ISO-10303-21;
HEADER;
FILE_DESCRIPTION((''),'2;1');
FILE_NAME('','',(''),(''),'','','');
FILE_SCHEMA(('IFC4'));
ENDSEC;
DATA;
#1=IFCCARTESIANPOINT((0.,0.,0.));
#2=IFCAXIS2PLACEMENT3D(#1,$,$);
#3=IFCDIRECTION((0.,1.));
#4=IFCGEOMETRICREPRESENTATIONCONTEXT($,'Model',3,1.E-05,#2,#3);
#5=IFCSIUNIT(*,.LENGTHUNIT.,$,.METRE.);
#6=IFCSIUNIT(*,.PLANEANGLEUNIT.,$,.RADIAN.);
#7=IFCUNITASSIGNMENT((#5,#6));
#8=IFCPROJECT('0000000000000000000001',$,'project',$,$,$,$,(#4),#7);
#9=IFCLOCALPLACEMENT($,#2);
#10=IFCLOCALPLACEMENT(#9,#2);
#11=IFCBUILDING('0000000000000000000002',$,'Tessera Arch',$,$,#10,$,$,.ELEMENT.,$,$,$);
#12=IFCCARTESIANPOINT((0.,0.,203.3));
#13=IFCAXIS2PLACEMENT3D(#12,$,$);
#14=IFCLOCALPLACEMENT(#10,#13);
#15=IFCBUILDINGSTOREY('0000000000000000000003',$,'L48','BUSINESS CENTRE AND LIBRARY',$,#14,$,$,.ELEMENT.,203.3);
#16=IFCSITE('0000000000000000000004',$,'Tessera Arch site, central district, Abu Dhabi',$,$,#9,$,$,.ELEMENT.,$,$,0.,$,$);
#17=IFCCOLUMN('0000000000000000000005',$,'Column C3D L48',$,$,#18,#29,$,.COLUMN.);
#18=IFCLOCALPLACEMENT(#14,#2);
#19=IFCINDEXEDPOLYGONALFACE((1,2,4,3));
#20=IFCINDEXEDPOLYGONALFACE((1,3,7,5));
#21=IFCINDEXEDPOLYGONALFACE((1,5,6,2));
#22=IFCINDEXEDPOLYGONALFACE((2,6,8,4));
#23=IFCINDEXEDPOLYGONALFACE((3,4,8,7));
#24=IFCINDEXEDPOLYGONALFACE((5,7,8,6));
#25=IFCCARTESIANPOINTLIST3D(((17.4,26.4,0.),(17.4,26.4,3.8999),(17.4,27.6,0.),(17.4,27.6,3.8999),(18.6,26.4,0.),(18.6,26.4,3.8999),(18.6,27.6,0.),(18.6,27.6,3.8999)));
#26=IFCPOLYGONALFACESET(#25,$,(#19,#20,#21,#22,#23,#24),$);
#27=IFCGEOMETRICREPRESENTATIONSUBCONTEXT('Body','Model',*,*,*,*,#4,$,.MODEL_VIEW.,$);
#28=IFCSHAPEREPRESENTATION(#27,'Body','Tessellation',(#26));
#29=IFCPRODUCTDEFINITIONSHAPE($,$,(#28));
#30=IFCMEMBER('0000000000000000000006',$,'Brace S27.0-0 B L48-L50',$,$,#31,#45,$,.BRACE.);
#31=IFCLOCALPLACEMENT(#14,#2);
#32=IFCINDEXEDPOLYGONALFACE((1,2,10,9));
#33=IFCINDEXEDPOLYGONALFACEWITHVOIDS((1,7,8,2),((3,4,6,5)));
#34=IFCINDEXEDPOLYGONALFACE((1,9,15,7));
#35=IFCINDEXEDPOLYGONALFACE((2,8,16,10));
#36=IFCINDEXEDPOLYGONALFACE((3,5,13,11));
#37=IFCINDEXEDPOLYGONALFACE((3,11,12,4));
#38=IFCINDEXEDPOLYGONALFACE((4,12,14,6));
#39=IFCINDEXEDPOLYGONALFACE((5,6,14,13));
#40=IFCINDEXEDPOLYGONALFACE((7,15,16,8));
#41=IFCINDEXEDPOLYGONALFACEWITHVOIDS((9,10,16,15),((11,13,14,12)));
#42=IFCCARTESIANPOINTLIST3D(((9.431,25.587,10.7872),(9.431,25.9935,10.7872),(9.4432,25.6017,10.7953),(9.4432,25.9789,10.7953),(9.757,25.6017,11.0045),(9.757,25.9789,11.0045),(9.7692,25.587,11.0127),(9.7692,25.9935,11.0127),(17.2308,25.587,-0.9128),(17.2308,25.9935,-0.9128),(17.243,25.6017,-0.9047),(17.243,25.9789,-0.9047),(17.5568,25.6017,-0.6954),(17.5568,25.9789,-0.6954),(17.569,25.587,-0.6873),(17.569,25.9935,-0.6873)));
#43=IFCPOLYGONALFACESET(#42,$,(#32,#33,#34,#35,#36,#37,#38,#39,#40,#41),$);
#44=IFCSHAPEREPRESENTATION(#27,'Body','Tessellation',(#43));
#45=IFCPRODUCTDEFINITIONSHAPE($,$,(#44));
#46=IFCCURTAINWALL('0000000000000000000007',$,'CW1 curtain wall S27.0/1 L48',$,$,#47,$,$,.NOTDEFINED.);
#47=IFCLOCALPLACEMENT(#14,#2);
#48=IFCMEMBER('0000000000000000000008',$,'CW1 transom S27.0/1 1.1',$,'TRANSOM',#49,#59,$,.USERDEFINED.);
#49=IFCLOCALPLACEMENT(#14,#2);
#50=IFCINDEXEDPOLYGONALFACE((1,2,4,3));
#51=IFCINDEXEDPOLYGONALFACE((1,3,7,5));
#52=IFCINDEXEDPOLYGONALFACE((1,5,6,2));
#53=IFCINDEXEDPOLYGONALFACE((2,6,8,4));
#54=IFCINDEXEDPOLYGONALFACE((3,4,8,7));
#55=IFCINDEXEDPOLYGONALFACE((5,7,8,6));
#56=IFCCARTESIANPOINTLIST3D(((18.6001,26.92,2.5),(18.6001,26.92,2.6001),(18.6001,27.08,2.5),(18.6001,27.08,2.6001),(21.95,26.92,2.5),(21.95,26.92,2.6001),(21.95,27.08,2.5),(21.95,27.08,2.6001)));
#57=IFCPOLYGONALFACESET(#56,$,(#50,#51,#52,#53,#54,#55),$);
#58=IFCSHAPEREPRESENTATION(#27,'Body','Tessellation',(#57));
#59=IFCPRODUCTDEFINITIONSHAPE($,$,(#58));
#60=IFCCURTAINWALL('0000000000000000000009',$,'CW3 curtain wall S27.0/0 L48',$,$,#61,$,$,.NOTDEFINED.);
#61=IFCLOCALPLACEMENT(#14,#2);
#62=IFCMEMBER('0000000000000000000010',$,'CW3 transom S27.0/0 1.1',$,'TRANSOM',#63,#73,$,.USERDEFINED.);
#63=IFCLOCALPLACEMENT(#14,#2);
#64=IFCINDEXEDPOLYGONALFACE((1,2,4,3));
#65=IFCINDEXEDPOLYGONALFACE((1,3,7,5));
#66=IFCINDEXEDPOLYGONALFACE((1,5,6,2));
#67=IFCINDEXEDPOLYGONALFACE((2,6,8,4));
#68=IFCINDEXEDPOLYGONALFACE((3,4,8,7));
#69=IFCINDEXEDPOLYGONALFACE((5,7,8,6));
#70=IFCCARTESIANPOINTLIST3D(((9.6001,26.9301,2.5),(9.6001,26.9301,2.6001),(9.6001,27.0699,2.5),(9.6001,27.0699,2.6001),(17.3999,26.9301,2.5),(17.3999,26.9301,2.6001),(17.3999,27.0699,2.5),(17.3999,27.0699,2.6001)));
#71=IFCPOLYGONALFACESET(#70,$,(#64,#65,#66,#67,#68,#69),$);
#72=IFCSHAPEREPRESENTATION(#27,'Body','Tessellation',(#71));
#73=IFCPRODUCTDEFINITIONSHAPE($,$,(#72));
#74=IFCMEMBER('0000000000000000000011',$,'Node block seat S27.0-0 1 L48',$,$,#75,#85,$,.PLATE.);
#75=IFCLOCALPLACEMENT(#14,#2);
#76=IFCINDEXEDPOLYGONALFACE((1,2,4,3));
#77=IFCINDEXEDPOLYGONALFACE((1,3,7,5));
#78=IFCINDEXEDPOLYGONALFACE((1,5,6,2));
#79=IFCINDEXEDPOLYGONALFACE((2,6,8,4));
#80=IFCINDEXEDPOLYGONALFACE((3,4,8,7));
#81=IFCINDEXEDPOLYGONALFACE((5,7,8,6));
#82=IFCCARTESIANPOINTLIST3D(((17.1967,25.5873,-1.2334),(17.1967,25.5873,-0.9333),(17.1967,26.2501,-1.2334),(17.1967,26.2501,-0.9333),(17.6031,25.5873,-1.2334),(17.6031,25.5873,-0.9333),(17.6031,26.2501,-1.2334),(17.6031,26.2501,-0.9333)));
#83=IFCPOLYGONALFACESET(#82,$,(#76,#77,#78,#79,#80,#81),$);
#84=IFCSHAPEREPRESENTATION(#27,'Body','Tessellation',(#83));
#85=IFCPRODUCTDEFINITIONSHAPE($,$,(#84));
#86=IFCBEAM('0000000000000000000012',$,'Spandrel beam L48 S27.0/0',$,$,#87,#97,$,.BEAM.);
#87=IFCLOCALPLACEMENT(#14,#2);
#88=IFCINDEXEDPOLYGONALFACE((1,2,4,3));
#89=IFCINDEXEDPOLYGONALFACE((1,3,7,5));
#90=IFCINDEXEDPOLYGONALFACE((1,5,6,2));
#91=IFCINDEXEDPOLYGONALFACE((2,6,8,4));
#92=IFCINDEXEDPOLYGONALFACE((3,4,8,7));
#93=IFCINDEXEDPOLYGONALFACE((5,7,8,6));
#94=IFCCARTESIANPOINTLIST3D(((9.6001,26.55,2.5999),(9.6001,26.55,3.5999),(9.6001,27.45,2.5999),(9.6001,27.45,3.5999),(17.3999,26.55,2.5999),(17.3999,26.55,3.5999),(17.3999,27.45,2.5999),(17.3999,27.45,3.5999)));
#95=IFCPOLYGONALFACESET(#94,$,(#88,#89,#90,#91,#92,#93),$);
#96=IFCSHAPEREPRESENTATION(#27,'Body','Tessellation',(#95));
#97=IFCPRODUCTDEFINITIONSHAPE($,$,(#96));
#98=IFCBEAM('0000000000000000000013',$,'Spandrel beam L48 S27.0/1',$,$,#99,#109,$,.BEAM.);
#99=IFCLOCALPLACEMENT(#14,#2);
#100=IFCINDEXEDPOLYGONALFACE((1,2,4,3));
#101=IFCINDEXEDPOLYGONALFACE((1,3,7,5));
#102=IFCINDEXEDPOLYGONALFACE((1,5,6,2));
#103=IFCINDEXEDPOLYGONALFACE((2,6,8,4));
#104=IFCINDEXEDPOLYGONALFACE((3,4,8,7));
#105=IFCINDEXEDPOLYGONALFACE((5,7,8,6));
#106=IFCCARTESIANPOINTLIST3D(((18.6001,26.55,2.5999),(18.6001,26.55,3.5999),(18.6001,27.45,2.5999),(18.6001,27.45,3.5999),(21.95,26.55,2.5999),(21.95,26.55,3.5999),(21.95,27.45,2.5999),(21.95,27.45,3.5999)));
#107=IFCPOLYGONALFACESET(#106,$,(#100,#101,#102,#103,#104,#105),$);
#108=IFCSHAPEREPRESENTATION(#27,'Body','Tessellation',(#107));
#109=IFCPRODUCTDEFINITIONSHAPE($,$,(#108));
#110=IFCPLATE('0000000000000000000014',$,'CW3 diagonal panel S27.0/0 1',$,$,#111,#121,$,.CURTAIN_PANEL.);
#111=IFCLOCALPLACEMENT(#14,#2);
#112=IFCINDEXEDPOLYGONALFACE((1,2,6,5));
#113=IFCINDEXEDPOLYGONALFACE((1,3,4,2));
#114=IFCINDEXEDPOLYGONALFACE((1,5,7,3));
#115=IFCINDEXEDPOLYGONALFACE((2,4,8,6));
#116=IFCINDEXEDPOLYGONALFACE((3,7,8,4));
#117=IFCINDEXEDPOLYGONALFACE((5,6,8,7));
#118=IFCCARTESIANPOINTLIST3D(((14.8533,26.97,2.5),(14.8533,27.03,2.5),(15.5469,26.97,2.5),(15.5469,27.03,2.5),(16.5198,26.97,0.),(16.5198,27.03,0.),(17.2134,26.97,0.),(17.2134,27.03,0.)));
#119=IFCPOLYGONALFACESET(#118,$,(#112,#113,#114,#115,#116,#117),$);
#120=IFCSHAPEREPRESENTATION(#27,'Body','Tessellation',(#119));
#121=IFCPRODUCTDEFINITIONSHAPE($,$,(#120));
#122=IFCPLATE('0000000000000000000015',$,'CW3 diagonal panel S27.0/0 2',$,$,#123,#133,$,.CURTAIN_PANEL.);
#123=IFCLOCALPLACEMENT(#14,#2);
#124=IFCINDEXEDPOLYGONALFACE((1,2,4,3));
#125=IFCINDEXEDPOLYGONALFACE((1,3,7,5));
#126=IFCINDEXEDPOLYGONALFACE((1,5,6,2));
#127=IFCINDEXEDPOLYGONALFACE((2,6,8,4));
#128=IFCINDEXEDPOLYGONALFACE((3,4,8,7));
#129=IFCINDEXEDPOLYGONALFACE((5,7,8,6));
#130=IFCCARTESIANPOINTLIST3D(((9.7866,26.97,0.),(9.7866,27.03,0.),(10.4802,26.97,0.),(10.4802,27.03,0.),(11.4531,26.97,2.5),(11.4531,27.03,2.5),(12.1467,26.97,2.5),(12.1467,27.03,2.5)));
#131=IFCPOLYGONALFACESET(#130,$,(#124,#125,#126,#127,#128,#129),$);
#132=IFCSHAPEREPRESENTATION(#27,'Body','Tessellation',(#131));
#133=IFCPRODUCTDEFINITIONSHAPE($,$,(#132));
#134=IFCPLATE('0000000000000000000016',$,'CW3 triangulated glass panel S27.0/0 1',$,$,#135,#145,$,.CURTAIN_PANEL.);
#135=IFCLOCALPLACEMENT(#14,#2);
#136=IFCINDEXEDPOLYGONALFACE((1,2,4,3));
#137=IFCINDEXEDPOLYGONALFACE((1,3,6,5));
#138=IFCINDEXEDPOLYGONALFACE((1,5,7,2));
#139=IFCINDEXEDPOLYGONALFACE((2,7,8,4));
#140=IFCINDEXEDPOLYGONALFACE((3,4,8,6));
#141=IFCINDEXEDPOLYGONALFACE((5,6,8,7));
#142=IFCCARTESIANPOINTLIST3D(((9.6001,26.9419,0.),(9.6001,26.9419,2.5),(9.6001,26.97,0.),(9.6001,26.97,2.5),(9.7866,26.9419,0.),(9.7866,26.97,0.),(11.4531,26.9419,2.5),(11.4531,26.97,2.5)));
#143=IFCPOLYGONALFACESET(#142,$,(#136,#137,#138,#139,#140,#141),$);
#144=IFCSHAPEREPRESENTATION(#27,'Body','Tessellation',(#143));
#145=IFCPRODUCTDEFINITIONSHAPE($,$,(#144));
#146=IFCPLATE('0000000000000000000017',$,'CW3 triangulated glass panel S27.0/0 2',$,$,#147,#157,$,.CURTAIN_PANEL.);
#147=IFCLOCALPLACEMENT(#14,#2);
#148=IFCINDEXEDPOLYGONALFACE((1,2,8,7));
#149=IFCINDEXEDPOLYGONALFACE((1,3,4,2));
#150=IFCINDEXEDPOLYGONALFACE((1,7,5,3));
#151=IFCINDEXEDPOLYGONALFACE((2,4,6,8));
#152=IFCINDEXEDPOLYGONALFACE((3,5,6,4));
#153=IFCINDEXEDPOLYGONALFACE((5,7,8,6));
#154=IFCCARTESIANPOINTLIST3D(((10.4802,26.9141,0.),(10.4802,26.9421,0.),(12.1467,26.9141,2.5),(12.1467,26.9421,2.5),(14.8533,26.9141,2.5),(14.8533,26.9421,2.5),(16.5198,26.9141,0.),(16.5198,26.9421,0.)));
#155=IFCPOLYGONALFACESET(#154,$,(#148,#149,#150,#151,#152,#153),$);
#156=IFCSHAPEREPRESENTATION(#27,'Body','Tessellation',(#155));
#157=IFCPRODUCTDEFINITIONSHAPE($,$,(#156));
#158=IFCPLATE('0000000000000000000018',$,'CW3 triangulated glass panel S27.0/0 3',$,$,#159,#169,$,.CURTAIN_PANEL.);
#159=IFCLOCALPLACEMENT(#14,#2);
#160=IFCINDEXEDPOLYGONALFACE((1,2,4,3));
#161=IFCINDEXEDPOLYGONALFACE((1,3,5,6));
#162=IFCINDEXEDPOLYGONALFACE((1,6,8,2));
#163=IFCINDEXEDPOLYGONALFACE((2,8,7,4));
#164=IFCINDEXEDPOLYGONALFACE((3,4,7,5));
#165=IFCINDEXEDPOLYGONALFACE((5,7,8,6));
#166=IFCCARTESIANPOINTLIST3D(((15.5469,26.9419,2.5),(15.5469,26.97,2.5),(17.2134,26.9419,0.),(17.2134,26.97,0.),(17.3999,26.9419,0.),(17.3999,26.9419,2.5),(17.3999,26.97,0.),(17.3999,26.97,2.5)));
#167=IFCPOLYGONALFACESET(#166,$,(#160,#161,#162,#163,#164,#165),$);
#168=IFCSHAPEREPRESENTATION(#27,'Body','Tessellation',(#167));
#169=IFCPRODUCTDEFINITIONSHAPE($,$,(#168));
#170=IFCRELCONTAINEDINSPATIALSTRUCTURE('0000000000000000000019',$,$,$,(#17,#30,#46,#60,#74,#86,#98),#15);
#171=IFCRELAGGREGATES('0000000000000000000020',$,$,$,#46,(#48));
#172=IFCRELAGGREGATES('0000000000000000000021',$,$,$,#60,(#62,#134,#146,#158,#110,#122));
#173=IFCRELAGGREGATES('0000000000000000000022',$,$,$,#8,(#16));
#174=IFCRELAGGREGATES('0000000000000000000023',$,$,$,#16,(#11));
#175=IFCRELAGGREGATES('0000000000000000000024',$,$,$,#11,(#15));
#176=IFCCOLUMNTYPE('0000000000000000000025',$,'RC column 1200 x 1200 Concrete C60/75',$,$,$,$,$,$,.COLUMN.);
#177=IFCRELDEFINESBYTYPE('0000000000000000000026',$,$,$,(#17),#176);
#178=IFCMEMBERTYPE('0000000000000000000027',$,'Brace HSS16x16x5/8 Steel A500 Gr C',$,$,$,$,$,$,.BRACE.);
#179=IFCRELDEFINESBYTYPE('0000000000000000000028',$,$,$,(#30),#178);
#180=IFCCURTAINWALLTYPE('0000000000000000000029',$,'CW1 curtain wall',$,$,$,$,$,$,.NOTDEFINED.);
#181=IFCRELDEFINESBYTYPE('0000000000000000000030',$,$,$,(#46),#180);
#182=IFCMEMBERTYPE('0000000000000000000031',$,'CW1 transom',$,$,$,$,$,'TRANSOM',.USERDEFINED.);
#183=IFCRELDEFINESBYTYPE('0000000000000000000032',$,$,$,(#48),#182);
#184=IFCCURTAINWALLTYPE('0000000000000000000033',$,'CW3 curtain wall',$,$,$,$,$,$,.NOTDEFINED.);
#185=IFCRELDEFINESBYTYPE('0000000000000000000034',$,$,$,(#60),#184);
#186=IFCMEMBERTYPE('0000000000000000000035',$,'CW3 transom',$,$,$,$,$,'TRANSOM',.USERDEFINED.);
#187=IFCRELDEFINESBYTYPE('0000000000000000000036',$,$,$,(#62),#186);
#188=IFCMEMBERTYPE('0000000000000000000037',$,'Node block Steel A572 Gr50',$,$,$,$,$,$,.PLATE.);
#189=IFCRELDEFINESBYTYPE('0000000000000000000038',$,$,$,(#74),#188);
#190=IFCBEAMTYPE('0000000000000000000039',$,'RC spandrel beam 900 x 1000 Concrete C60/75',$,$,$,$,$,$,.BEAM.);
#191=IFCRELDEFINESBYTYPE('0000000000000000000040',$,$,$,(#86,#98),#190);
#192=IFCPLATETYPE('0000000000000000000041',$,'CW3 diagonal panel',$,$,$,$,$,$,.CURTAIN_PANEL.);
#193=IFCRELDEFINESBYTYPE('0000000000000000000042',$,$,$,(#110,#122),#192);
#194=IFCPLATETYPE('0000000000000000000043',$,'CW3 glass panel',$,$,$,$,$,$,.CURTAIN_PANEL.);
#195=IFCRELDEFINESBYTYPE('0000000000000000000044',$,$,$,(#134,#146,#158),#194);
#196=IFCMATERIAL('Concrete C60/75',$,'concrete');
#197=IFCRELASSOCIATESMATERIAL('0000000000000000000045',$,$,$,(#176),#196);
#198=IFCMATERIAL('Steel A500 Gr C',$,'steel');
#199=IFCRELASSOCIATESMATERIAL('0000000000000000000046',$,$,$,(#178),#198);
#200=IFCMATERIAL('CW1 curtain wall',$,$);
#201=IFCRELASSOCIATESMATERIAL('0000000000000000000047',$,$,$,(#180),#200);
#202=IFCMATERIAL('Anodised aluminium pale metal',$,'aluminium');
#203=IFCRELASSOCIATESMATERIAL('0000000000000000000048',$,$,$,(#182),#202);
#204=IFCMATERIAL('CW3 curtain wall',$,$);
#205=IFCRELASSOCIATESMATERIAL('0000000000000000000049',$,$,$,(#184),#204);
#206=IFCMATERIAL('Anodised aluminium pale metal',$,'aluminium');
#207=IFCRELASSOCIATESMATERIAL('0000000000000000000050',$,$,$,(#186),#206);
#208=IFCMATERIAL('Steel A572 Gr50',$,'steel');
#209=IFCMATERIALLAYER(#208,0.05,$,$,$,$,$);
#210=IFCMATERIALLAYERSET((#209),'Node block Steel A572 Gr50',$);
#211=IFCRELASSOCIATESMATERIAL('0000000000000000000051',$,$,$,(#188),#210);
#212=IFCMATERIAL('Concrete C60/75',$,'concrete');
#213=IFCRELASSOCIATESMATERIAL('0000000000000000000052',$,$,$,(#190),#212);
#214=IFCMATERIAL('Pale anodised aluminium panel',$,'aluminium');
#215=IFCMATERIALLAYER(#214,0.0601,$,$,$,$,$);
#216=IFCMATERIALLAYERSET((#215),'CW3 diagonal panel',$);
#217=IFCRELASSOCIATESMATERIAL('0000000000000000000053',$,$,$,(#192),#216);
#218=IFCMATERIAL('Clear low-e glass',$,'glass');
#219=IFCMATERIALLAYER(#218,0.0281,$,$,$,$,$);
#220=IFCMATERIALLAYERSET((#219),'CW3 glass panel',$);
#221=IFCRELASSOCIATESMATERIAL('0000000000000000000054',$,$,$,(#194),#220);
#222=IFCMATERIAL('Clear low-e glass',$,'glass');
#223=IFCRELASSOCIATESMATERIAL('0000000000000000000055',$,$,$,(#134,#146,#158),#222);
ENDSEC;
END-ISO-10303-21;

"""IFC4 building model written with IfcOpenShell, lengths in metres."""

from ifc_helpers import new_model, si_unit, direction, frame, origin, origin_2d, place, context, subcontext, project, spatial, polyline, rectangle, hollow_rectangle, outline, extrude, material, layer, layer_set, material_profile, profile_set, type_object, element, aggregate, save


model = new_model("IFC4")

# Units and contexts
model_context = context("Model", 3, precision=1e-05, world=origin(), true_north=direction((0.0, 1.0)))
body_context = subcontext(model_context, "Body", "Model", "MODEL_VIEW")
ifc_project = project(units=[si_unit("LENGTHUNIT", "METRE"), si_unit("PLANEANGLEUNIT", "RADIAN")], contexts=[model_context])

# Site, building, storey
site_placement = place(None, origin())
site = spatial("IfcSite", under=ifc_project, at=site_placement, Name="Tessera Arch site, central district, Abu Dhabi", CompositionType="ELEMENT", RefElevation=0.0)
building_placement = place(site_placement, origin())
building = spatial("IfcBuilding", under=site, at=building_placement, Name="Tessera Arch", CompositionType="ELEMENT")
storey_placement = place(building_placement, frame((0.0, 0.0, 203.3)))
storey = spatial("IfcBuildingStorey", under=building, at=storey_placement, Name="L48", Description="BUSINESS CENTRE AND LIBRARY", CompositionType="ELEMENT", Elevation=203.3)

# Column
ifc_material_1 = material(Name="Concrete C60/75", Category="concrete")
ifc_material_profile_1 = material_profile(ifc_material_1, rectangle(XDim=1.2, YDim=1.2, at=origin_2d()), Name="RC column 1200 x 1200 Concrete C60/75")
ifc_profile_set_1 = profile_set([ifc_material_profile_1], Name="Concrete C60/75")
column_type = type_object("IfcColumnType", Name="RC column 1200 x 1200 Concrete C60/75", PredefinedType="COLUMN", material=ifc_profile_set_1)
column_placement = place(storey_placement, frame((18.0, 27.0, 0.0), z_axis=(0.0, 0.0, 1.0), x_axis=(1.0, 0.0, 0.0)))
element("IfcColumn", 1, at=column_placement, inside=storey, type_object=column_type, Name="Column C3D L48", PredefinedType="COLUMN", context=body_context, shape_type="SweptSolid", body=[
    extrude(rectangle(XDim=1.2, YDim=1.2, at=origin_2d()), origin(), (0.0, 0.0, 1.0), 3.8999),
])

# Member
ifc_material_2 = material(Name="Steel A500 Gr C", Category="steel")
ifc_material_profile_2 = material_profile(ifc_material_2, hollow_rectangle(XDim=0.4065, YDim=0.4065, WallThickness=0.0146, at=origin_2d()), Name="HSS16x16x5/8")
ifc_profile_set_2 = profile_set([ifc_material_profile_2], Name="Steel A500 Gr C")
member_type_1 = type_object("IfcMemberType", Name="Brace HSS16x16x5/8 Steel A500 Gr C", PredefinedType="BRACE", material=ifc_profile_set_2)
member_1_placement = place(storey_placement, frame((17.3999, 25.7903, -0.8), z_axis=(-0.554692, 0.0, 0.832056), x_axis=(0.0, -1.0, 0.0)))
element("IfcMember", 2, at=member_1_placement, inside=storey, type_object=member_type_1, Name="Brace S27.0-0 B L48-L50", PredefinedType="BRACE", context=body_context, shape_type="SweptSolid", body=[
    extrude(hollow_rectangle(XDim=0.4065, YDim=0.4065, WallThickness=0.0146, at=origin_2d()), origin(), (0.0, 0.0, 1.0), 14.0615),
])

# Curtain walls, members
ifc_material_3 = material(Name="CW1 curtain wall")
curtain_wall_type_1 = type_object("IfcCurtainWallType", Name="CW1 curtain wall", PredefinedType="NOTDEFINED", material=ifc_material_3)
curtain_wall_1_placement = place(storey_placement, origin())
curtain_wall_1 = element("IfcCurtainWall", 3, at=curtain_wall_1_placement, inside=storey, type_object=curtain_wall_type_1, Name="CW1 curtain wall S27.0/1 L48", PredefinedType="NOTDEFINED")
ifc_material_4 = material(Name="Anodised aluminium pale metal", Category="aluminium")
ifc_material_profile_3 = material_profile(ifc_material_4, rectangle(XDim=0.1599, YDim=0.1001, at=origin_2d()), Name="AL 160x100")
ifc_profile_set_3 = profile_set([ifc_material_profile_3], Name="Anodised aluminium pale metal")
member_type_2 = type_object("IfcMemberType", Name="CW1 transom", ElementType="TRANSOM", PredefinedType="USERDEFINED", material=ifc_profile_set_3)
member_2_placement = place(storey_placement, frame((18.6001, 27.0, 2.55), z_axis=(1.0, 0.0, 0.0), x_axis=(0.0, 1.0, 0.0)))
member_2 = element("IfcMember", 4, at=member_2_placement, type_object=member_type_2, Name="CW1 transom S27.0/1 1.1", ObjectType="TRANSOM", PredefinedType="USERDEFINED", context=body_context, shape_type="SweptSolid", body=[
    extrude(rectangle(XDim=0.1599, YDim=0.1001, at=origin_2d()), origin(), (0.0, 0.0, 1.0), 3.3499),
])
aggregate(curtain_wall_1, [member_2])
ifc_material_5 = material(Name="CW3 curtain wall")
curtain_wall_type_2 = type_object("IfcCurtainWallType", Name="CW3 curtain wall", PredefinedType="NOTDEFINED", material=ifc_material_5)
curtain_wall_2_placement = place(storey_placement, origin())
curtain_wall_2 = element("IfcCurtainWall", 5, at=curtain_wall_2_placement, inside=storey, type_object=curtain_wall_type_2, Name="CW3 curtain wall S27.0/0 L48", PredefinedType="NOTDEFINED")
ifc_material_6 = material(Name="Anodised aluminium pale metal", Category="aluminium")
ifc_material_profile_4 = material_profile(ifc_material_6, rectangle(XDim=0.1399, YDim=0.1001, at=origin_2d()), Name="AL 140x100")
ifc_profile_set_4 = profile_set([ifc_material_profile_4], Name="Anodised aluminium pale metal")
member_type_3 = type_object("IfcMemberType", Name="CW3 transom", ElementType="TRANSOM", PredefinedType="USERDEFINED", material=ifc_profile_set_4)
member_3_placement = place(storey_placement, frame((9.6001, 27.0, 2.55), z_axis=(1.0, 0.0, 0.0), x_axis=(0.0, 1.0, 0.0)))
member_3 = element("IfcMember", 6, at=member_3_placement, type_object=member_type_3, Name="CW3 transom S27.0/0 1.1", ObjectType="TRANSOM", PredefinedType="USERDEFINED", context=body_context, shape_type="SweptSolid", body=[
    extrude(rectangle(XDim=0.1399, YDim=0.1001, at=origin_2d()), origin(), (0.0, 0.0, 1.0), 7.7998),
])

# Member
ifc_material_7 = material(Name="Steel A572 Gr50", Category="steel")
ifc_layer_1 = layer(ifc_material_7, 0.05)
ifc_layer_set_1 = layer_set([ifc_layer_1], Name="Node block Steel A572 Gr50")
member_type_4 = type_object("IfcMemberType", Name="Node block Steel A572 Gr50", PredefinedType="PLATE", material=ifc_layer_set_1)
member_4_placement = place(storey_placement, frame((17.3999, 25.9187, -1.2334), z_axis=(0.0, 0.0, 1.0), x_axis=(1.0, 0.0, 0.0)))
element("IfcMember", 7, at=member_4_placement, inside=storey, type_object=member_type_4, Name="Node block seat S27.0-0 1 L48", PredefinedType="PLATE", context=body_context, shape_type="SweptSolid", body=[
    extrude(rectangle(XDim=0.4065, YDim=0.6628, at=origin_2d()), origin(), (0.0, 0.0, 1.0), 0.3),
])

# Beams
ifc_material_8 = material(Name="Concrete C60/75", Category="concrete")
ifc_material_profile_5 = material_profile(ifc_material_8, rectangle(XDim=0.8999, YDim=1.0, at=origin_2d()), Name="RC spandrel beam 900 x 1000 Concrete C60/75")
ifc_profile_set_5 = profile_set([ifc_material_profile_5], Name="Concrete C60/75")
beam_type = type_object("IfcBeamType", Name="RC spandrel beam 900 x 1000 Concrete C60/75", PredefinedType="BEAM", material=ifc_profile_set_5)
beam_1_placement = place(storey_placement, frame((9.6001, 27.0, 3.0999), z_axis=(1.0, 0.0, 0.0), x_axis=(0.0, 1.0, 0.0)))
element("IfcBeam", 8, at=beam_1_placement, inside=storey, type_object=beam_type, Name="Spandrel beam L48 S27.0/0", PredefinedType="BEAM", context=body_context, shape_type="SweptSolid", body=[
    extrude(rectangle(XDim=0.8999, YDim=1.0, at=origin_2d()), origin(), (0.0, 0.0, 1.0), 7.7998),
])
beam_2_placement = place(storey_placement, frame((18.6001, 27.0, 3.0999), z_axis=(1.0, 0.0, 0.0), x_axis=(0.0, 1.0, 0.0)))
element("IfcBeam", 9, at=beam_2_placement, inside=storey, type_object=beam_type, Name="Spandrel beam L48 S27.0/1", PredefinedType="BEAM", context=body_context, shape_type="SweptSolid", body=[
    extrude(rectangle(XDim=0.8999, YDim=1.0, at=origin_2d()), origin(), (0.0, 0.0, 1.0), 3.3499),
])

# Plates
ifc_material_9 = material(Name="Pale anodised aluminium panel", Category="aluminium")
ifc_layer_2 = layer(ifc_material_9, 0.0601)
ifc_layer_set_2 = layer_set([ifc_layer_2], Name="CW3 diagonal panel")
plate_type_1 = type_object("IfcPlateType", Name="CW3 diagonal panel", PredefinedType="CURTAIN_PANEL", material=ifc_layer_set_2)
plate_1_placement = place(storey_placement, frame((15.5469, 26.97, 2.5), z_axis=(0.0, -1.0, 0.0), x_axis=(-1.0, 0.0, 0.0)))
plate_1 = element("IfcPlate", 10, at=plate_1_placement, type_object=plate_type_1, Name="CW3 diagonal panel S27.0/0 1", PredefinedType="CURTAIN_PANEL", context=body_context, shape_type="SweptSolid", body=[
    extrude(outline(polyline([(0.0, 0.0), (0.6936, 0.0), (-0.9729, 2.5), (-1.6665, 2.5), (0.0, 0.0)])), origin(), (0.0, 0.0, -1.0), 0.0601),
])
plate_2_placement = place(storey_placement, frame((12.1467, 26.97, 2.5), z_axis=(0.0, -1.0, 0.0), x_axis=(-1.0, 0.0, 0.0)))
plate_2 = element("IfcPlate", 11, at=plate_2_placement, type_object=plate_type_1, Name="CW3 diagonal panel S27.0/0 2", PredefinedType="CURTAIN_PANEL", context=body_context, shape_type="SweptSolid", body=[
    extrude(outline(polyline([(0.0, 0.0), (0.6936, 0.0), (2.3601, 2.5), (1.6665, 2.5), (0.0, 0.0)])), origin(), (0.0, 0.0, -1.0), 0.0601),
])
ifc_material_10 = material(Name="Clear low-e glass", Category="glass")
ifc_material_11 = material(Name="Clear low-e glass", Category="glass")
ifc_layer_3 = layer(ifc_material_11, 0.0281)
ifc_layer_set_3 = layer_set([ifc_layer_3], Name="CW3 glass panel")
plate_type_2 = type_object("IfcPlateType", Name="CW3 glass panel", PredefinedType="CURTAIN_PANEL", material=ifc_layer_set_3)
plate_3_placement = place(storey_placement, frame((9.6001, 26.9419, 0.0), z_axis=(0.0, -1.0, 0.0), x_axis=(1.0, 0.0, 0.0)))
plate_3 = element("IfcPlate", 12, at=plate_3_placement, type_object=plate_type_2, material=ifc_material_10, Name="CW3 triangulated glass panel S27.0/0 1", PredefinedType="CURTAIN_PANEL", context=body_context, shape_type="SweptSolid", body=[
    extrude(outline(polyline([(0.0, 0.0), (0.1865, 0.0), (1.853, 2.5), (0.0, 2.5), (0.0, 0.0)])), origin(), (0.0, 0.0, -1.0), 0.0281),
])
plate_4_placement = place(storey_placement, frame((14.8533, 26.9141, 2.5), z_axis=(0.0, -1.0, 0.0), x_axis=(-1.0, 0.0, 0.0)))
plate_4 = element("IfcPlate", 13, at=plate_4_placement, type_object=plate_type_2, material=ifc_material_10, Name="CW3 triangulated glass panel S27.0/0 2", PredefinedType="CURTAIN_PANEL", context=body_context, shape_type="SweptSolid", body=[
    extrude(outline(polyline([(0.0, 0.0), (2.7065, 0.0), (4.373, 2.5), (-1.6665, 2.5), (0.0, 0.0)])), origin(), (0.0, 0.0, -1.0), 0.0281),
])
plate_5_placement = place(storey_placement, frame((17.3999, 26.9419, 2.5), z_axis=(0.0, -1.0, 0.0), x_axis=(-1.0, 0.0, 0.0)))
plate_5 = element("IfcPlate", 14, at=plate_5_placement, type_object=plate_type_2, material=ifc_material_10, Name="CW3 triangulated glass panel S27.0/0 3", PredefinedType="CURTAIN_PANEL", context=body_context, shape_type="SweptSolid", body=[
    extrude(outline(polyline([(0.0, 0.0), (1.853, 0.0), (0.1865, 2.5), (0.0, 2.5), (0.0, 0.0)])), origin(), (0.0, 0.0, -1.0), 0.0281),
])
aggregate(curtain_wall_2, [member_3, plate_3, plate_4, plate_5, plate_1, plate_2])

save(model, "model.ifc")
